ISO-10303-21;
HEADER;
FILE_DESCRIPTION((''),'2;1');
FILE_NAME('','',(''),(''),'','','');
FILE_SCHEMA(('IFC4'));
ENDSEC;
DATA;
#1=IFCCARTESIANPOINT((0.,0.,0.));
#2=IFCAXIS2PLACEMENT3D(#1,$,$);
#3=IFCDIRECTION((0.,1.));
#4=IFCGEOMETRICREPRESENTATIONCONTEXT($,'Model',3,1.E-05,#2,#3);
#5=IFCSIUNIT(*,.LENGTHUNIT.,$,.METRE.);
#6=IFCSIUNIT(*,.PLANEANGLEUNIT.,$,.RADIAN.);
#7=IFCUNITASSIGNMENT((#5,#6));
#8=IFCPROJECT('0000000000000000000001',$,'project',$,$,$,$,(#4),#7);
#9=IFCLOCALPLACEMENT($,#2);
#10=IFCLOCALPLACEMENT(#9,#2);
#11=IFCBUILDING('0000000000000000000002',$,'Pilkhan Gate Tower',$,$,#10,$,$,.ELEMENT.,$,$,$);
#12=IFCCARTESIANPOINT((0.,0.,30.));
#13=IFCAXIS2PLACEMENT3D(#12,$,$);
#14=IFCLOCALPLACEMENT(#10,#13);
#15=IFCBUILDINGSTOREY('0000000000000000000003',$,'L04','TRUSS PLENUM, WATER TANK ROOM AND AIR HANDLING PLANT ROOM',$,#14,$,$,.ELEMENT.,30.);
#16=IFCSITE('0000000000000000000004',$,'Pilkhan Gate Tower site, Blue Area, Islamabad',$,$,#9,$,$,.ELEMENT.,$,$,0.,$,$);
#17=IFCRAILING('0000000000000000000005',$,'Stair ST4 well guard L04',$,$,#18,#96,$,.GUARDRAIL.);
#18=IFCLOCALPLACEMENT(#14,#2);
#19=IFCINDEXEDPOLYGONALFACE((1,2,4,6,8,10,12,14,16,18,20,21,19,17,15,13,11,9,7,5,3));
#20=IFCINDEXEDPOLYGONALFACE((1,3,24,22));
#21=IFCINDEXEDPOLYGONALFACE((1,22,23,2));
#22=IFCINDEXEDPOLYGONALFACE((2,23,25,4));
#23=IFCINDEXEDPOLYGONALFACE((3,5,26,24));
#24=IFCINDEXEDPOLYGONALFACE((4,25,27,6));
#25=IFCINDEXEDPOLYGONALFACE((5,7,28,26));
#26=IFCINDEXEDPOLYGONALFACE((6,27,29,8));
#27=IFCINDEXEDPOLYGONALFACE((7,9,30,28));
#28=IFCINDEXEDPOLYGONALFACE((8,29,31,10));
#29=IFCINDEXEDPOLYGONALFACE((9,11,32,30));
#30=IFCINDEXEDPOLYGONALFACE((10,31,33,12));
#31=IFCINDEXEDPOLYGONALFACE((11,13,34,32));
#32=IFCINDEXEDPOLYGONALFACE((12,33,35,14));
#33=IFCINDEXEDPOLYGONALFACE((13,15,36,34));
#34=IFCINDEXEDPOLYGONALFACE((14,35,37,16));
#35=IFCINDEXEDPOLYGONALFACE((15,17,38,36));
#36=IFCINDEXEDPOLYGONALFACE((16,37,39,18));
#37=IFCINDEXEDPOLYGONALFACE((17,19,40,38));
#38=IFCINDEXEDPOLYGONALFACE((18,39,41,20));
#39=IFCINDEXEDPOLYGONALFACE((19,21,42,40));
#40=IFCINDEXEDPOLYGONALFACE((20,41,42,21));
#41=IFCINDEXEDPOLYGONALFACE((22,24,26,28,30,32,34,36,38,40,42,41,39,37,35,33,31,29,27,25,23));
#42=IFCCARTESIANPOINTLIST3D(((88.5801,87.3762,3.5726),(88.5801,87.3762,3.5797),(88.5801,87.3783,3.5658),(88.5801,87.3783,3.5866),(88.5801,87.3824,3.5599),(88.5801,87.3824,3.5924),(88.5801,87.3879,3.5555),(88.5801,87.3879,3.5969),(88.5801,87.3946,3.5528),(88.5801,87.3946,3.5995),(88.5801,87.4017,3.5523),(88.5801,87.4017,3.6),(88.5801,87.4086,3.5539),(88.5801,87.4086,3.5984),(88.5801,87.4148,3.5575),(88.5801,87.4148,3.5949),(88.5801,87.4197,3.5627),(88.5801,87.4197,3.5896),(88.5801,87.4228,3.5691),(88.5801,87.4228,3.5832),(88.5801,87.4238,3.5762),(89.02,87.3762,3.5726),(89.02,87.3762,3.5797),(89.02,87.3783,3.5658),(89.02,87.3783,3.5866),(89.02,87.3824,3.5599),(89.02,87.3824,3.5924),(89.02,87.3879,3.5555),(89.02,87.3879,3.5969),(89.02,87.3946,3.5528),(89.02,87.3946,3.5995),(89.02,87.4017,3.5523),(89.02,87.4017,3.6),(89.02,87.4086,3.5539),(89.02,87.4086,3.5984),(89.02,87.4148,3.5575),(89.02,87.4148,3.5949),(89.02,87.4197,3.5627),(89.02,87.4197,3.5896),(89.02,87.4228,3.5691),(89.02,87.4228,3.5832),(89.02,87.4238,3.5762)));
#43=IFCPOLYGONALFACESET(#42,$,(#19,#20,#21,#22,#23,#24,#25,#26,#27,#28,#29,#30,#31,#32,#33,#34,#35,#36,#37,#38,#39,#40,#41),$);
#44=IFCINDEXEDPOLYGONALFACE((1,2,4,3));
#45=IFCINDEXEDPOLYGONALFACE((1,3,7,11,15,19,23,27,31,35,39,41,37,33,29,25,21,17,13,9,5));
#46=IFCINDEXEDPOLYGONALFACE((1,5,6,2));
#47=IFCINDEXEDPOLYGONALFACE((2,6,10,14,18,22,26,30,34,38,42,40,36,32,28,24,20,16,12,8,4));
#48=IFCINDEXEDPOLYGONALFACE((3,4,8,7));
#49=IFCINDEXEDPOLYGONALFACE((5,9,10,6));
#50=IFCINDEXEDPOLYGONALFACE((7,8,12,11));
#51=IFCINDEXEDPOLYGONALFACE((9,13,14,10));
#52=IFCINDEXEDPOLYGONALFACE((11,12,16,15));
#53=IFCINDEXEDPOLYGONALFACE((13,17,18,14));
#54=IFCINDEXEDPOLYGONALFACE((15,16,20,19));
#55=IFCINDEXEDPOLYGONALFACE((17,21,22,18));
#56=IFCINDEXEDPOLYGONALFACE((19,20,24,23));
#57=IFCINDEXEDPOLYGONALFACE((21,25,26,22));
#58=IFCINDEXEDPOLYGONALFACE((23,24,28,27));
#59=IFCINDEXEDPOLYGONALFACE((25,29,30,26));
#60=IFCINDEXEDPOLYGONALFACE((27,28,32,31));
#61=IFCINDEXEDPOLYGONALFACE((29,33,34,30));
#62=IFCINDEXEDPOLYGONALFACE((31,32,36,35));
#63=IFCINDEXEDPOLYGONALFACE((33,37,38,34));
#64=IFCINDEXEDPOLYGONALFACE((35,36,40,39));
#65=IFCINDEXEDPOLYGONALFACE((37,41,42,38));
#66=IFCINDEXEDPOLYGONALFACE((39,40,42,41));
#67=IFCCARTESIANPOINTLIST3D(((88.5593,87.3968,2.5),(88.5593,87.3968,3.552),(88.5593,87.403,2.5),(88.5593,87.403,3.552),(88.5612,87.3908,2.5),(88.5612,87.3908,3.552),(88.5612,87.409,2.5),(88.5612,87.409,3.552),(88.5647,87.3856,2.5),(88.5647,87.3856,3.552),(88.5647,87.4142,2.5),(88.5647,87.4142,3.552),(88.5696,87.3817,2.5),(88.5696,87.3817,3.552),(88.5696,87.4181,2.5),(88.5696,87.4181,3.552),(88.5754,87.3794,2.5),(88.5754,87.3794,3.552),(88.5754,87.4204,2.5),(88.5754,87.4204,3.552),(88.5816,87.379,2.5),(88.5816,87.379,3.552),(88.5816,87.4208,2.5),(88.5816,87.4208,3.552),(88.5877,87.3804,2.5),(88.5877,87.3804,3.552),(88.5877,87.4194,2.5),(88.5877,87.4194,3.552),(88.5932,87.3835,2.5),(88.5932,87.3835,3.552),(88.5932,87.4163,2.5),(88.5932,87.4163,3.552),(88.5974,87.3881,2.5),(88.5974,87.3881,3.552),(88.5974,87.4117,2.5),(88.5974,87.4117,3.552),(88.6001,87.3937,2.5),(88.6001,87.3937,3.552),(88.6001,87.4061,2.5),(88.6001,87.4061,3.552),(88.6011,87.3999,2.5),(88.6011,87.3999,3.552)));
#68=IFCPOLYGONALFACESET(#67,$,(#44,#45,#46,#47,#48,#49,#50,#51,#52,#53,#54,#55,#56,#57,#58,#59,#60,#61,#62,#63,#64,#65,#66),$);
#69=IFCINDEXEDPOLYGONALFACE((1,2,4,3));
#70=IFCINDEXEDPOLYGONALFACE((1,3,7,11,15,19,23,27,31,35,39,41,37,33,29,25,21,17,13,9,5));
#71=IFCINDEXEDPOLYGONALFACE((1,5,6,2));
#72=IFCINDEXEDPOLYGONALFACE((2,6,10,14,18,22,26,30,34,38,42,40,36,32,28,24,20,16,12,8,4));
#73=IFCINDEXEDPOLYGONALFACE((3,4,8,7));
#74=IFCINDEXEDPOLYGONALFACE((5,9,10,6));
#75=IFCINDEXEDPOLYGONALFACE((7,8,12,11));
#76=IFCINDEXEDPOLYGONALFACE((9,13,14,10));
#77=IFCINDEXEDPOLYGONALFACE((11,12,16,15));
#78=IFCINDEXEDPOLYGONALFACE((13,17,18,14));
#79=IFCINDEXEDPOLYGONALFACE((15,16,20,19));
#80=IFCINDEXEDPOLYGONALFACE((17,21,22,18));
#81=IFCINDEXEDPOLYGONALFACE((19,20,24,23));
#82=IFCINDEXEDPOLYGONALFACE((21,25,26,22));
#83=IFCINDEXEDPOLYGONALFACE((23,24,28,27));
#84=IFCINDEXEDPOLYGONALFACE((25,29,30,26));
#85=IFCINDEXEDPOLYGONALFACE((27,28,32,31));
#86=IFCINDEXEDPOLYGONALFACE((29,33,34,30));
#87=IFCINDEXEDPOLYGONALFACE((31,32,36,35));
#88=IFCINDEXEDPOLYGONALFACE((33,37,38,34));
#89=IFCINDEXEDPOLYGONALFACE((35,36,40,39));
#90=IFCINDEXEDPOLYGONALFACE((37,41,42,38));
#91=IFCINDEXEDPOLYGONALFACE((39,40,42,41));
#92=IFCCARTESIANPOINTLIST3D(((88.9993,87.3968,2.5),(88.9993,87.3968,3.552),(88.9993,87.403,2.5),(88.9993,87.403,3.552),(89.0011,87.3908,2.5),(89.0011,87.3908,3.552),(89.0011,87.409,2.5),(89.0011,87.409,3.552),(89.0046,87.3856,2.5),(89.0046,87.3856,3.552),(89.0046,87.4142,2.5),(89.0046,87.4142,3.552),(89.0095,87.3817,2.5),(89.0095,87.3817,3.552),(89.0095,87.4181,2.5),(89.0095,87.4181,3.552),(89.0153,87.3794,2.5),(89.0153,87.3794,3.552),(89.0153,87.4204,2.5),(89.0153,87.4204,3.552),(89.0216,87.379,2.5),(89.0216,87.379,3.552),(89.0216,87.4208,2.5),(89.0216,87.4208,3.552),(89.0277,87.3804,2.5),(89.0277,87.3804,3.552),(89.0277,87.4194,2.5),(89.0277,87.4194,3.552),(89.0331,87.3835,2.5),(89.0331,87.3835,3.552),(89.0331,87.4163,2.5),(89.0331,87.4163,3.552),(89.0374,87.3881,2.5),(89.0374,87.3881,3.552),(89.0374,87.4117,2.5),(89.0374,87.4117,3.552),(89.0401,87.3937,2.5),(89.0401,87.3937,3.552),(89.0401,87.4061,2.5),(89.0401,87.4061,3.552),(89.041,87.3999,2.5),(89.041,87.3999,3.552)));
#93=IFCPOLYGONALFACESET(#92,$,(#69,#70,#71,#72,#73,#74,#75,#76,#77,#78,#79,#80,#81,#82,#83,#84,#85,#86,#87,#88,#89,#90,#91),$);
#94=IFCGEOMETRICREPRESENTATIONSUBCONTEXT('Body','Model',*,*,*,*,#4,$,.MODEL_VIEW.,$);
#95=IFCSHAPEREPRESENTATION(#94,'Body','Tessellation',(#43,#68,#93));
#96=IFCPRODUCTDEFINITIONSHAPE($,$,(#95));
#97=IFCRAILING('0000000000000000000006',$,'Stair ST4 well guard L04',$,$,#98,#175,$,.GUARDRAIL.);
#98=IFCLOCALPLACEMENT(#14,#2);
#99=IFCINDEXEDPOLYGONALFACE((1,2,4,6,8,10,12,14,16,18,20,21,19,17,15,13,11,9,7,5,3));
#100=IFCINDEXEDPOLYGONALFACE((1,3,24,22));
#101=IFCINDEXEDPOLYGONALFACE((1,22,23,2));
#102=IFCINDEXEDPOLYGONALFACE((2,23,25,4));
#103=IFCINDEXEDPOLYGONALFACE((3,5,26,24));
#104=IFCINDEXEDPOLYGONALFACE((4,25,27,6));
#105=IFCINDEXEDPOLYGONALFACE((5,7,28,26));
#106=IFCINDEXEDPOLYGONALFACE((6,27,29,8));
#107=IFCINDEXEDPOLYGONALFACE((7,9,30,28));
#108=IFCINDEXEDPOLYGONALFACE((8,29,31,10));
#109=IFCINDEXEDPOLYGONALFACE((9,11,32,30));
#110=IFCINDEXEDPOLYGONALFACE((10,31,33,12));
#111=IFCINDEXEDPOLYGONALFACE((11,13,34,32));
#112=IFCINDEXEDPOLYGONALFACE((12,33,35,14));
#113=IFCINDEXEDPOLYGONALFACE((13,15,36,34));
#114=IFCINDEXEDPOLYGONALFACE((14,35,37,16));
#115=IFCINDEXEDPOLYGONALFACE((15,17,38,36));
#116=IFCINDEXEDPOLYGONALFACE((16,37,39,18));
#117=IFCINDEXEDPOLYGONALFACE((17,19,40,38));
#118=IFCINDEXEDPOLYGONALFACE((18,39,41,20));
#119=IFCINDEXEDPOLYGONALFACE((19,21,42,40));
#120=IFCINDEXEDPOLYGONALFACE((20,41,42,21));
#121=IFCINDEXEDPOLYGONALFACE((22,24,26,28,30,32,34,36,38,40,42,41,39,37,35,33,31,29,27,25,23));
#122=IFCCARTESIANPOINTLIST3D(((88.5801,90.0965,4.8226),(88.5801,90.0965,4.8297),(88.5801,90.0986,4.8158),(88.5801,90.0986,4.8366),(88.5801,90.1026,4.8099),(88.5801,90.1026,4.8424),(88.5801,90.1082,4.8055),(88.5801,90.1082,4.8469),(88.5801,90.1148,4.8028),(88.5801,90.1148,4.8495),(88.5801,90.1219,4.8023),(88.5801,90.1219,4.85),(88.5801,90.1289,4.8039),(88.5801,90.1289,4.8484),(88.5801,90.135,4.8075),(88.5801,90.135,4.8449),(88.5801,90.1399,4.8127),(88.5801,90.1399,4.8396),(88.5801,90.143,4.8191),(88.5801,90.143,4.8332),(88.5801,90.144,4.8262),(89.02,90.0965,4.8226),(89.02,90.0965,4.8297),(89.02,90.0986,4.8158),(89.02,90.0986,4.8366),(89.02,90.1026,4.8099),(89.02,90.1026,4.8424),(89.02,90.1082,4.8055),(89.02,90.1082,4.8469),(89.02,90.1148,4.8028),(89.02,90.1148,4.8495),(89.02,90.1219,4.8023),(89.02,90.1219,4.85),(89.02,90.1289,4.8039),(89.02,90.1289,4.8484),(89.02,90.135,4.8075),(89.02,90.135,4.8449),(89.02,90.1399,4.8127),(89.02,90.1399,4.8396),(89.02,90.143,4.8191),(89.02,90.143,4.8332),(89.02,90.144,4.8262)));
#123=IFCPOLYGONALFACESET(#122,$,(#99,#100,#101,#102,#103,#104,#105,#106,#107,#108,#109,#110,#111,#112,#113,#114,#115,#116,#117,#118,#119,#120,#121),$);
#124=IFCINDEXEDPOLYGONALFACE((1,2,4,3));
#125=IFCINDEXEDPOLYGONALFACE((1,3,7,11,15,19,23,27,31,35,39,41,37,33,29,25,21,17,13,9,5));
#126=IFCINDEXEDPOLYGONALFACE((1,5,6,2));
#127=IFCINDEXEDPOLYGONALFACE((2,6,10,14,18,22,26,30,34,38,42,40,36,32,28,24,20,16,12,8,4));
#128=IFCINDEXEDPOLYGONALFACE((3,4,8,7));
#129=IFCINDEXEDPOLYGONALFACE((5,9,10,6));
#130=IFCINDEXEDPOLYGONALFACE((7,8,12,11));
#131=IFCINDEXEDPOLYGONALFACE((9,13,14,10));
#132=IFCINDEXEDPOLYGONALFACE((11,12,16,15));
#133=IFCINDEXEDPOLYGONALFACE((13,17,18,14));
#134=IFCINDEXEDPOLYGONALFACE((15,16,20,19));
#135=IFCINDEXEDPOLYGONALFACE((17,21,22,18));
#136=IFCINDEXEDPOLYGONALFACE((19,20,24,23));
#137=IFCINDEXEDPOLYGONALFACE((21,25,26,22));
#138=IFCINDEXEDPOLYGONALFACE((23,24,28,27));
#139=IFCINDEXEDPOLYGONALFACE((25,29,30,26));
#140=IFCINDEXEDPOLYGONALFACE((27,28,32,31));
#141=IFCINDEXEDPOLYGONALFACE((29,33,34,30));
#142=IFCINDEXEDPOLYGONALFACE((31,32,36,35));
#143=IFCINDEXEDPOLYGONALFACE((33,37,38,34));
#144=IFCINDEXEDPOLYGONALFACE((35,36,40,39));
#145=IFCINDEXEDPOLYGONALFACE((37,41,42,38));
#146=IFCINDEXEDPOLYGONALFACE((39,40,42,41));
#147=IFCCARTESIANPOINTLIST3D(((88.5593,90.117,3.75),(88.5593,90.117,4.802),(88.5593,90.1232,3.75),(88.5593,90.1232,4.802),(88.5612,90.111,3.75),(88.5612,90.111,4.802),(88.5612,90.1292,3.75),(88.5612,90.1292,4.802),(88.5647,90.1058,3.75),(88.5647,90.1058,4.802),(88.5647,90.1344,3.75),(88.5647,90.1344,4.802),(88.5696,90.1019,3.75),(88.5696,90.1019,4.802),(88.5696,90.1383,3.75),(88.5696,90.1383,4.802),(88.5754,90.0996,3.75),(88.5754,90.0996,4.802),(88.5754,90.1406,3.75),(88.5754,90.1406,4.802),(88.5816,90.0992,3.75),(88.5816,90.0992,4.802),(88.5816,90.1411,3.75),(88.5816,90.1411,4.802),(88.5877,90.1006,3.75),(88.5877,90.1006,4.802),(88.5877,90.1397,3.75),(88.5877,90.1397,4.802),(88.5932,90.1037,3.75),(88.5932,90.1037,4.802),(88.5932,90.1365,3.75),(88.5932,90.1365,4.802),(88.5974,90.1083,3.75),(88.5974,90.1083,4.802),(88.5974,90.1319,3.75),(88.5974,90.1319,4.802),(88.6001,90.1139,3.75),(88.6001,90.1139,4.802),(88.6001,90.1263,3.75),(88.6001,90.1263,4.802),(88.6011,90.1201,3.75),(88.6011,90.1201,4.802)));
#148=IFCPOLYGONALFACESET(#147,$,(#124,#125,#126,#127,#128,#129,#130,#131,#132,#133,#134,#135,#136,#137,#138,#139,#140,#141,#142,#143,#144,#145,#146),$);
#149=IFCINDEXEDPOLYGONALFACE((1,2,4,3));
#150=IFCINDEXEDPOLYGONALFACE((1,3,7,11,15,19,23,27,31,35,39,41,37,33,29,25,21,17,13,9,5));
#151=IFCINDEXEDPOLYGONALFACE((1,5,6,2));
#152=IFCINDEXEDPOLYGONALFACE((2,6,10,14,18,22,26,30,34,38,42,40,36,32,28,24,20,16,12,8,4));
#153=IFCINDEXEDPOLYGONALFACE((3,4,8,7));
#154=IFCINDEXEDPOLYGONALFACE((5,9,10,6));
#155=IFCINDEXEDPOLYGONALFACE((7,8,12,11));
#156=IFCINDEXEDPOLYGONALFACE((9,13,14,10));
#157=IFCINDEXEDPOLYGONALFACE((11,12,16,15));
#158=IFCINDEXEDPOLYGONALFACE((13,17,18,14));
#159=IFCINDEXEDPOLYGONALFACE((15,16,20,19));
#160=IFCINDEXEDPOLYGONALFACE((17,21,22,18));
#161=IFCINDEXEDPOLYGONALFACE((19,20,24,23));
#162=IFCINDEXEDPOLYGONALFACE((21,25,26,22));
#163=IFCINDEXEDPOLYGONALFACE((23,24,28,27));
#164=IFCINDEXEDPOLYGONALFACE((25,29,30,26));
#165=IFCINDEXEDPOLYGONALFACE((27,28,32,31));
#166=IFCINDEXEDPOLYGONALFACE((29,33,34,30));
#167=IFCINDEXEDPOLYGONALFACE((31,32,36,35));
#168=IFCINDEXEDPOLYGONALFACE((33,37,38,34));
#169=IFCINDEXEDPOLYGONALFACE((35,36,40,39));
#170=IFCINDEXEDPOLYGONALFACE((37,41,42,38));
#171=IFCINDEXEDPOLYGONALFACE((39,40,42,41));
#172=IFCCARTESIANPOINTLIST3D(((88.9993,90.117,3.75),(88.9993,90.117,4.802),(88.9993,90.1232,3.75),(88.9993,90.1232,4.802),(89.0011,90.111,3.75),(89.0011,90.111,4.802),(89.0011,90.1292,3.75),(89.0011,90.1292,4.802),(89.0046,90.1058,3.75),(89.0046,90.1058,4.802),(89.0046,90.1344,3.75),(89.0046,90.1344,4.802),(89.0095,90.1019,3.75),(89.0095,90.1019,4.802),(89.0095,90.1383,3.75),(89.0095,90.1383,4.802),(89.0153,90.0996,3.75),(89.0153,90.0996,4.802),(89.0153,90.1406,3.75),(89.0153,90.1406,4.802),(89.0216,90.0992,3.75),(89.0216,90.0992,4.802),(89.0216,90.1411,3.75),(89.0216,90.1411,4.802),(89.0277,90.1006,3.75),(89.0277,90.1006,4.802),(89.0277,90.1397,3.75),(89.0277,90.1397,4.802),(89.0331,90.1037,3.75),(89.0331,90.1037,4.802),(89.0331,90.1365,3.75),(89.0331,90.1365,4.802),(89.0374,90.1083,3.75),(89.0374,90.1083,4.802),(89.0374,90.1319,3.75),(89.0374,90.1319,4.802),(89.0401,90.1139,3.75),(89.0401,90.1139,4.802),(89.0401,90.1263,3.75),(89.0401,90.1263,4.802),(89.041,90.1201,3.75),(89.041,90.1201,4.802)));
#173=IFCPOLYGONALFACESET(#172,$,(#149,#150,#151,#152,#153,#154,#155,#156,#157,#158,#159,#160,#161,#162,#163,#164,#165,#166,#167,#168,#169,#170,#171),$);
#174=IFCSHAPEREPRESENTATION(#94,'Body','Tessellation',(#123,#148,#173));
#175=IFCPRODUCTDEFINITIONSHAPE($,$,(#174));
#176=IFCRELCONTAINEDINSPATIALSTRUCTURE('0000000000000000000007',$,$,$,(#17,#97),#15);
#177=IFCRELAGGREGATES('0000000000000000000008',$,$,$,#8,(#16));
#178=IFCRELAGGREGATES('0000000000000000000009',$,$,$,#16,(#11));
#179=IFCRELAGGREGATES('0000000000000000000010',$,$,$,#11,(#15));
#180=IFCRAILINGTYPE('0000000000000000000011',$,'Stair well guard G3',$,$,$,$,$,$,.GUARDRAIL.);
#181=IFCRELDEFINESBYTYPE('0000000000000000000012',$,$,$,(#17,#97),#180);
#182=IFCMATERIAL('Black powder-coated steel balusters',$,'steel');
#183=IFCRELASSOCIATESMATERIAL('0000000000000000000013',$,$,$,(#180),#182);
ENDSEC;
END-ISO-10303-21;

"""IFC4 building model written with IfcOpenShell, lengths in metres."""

from ifc_helpers import new_model, si_unit, direction, frame, origin, origin_2d, place, context, subcontext, project, spatial, circle, extrude, material, type_object, element, save


model = new_model("IFC4")

# Units and contexts
model_context = context("Model", 3, precision=1e-05, world=origin(), true_north=direction((0.0, 1.0)))
body_context = subcontext(model_context, "Body", "Model", "MODEL_VIEW")
ifc_project = project(units=[si_unit("LENGTHUNIT", "METRE"), si_unit("PLANEANGLEUNIT", "RADIAN")], contexts=[model_context])

# Site, building, storey
site_placement = place(None, origin())
site = spatial("IfcSite", under=ifc_project, at=site_placement, Name="Pilkhan Gate Tower site, Blue Area, Islamabad", CompositionType="ELEMENT", RefElevation=0.0)
building_placement = place(site_placement, origin())
building = spatial("IfcBuilding", under=site, at=building_placement, Name="Pilkhan Gate Tower", CompositionType="ELEMENT")
storey_placement = place(building_placement, frame((0.0, 0.0, 30.0)))
storey = spatial("IfcBuildingStorey", under=building, at=storey_placement, Name="L04", Description="TRUSS PLENUM, WATER TANK ROOM AND AIR HANDLING PLANT ROOM", CompositionType="ELEMENT", Elevation=30.0)

# Railings
ifc_material_1 = material(Name="Black powder-coated steel balusters", Category="steel")
railing_type = type_object("IfcRailingType", Name="Stair well guard G3", PredefinedType="GUARDRAIL", material=ifc_material_1)
for number, where, name in (
    (1, (88.5801, 87.3999, 2.5), "Stair ST4 well guard L04"),
    (2, (88.5801, 90.1201, 3.75), "Stair ST4 well guard L04"),
):
    element("IfcRailing", number, at=place(storey_placement, frame(where)), inside=storey, type_object=railing_type, Name=name, PredefinedType="GUARDRAIL", context=body_context, shape_type="SweptSolid", body=[
        extrude(circle(Radius=0.0239, at=origin_2d()), frame((0.0, 0.0, 1.0762), z_axis=(1.0, 0.0, 0.0), x_axis=(0.0, 1.0, 0.0)), (0.0, 0.0, 1.0), 0.4399),
        extrude(circle(Radius=0.021, at=origin_2d()), origin(), (0.0, 0.0, 1.0), 1.052),
        extrude(circle(Radius=0.021, at=origin_2d()), frame((0.4399, 0.0, 0.0)), (0.0, 0.0, 1.0), 1.052),
    ])

save(model, "model.ifc")
